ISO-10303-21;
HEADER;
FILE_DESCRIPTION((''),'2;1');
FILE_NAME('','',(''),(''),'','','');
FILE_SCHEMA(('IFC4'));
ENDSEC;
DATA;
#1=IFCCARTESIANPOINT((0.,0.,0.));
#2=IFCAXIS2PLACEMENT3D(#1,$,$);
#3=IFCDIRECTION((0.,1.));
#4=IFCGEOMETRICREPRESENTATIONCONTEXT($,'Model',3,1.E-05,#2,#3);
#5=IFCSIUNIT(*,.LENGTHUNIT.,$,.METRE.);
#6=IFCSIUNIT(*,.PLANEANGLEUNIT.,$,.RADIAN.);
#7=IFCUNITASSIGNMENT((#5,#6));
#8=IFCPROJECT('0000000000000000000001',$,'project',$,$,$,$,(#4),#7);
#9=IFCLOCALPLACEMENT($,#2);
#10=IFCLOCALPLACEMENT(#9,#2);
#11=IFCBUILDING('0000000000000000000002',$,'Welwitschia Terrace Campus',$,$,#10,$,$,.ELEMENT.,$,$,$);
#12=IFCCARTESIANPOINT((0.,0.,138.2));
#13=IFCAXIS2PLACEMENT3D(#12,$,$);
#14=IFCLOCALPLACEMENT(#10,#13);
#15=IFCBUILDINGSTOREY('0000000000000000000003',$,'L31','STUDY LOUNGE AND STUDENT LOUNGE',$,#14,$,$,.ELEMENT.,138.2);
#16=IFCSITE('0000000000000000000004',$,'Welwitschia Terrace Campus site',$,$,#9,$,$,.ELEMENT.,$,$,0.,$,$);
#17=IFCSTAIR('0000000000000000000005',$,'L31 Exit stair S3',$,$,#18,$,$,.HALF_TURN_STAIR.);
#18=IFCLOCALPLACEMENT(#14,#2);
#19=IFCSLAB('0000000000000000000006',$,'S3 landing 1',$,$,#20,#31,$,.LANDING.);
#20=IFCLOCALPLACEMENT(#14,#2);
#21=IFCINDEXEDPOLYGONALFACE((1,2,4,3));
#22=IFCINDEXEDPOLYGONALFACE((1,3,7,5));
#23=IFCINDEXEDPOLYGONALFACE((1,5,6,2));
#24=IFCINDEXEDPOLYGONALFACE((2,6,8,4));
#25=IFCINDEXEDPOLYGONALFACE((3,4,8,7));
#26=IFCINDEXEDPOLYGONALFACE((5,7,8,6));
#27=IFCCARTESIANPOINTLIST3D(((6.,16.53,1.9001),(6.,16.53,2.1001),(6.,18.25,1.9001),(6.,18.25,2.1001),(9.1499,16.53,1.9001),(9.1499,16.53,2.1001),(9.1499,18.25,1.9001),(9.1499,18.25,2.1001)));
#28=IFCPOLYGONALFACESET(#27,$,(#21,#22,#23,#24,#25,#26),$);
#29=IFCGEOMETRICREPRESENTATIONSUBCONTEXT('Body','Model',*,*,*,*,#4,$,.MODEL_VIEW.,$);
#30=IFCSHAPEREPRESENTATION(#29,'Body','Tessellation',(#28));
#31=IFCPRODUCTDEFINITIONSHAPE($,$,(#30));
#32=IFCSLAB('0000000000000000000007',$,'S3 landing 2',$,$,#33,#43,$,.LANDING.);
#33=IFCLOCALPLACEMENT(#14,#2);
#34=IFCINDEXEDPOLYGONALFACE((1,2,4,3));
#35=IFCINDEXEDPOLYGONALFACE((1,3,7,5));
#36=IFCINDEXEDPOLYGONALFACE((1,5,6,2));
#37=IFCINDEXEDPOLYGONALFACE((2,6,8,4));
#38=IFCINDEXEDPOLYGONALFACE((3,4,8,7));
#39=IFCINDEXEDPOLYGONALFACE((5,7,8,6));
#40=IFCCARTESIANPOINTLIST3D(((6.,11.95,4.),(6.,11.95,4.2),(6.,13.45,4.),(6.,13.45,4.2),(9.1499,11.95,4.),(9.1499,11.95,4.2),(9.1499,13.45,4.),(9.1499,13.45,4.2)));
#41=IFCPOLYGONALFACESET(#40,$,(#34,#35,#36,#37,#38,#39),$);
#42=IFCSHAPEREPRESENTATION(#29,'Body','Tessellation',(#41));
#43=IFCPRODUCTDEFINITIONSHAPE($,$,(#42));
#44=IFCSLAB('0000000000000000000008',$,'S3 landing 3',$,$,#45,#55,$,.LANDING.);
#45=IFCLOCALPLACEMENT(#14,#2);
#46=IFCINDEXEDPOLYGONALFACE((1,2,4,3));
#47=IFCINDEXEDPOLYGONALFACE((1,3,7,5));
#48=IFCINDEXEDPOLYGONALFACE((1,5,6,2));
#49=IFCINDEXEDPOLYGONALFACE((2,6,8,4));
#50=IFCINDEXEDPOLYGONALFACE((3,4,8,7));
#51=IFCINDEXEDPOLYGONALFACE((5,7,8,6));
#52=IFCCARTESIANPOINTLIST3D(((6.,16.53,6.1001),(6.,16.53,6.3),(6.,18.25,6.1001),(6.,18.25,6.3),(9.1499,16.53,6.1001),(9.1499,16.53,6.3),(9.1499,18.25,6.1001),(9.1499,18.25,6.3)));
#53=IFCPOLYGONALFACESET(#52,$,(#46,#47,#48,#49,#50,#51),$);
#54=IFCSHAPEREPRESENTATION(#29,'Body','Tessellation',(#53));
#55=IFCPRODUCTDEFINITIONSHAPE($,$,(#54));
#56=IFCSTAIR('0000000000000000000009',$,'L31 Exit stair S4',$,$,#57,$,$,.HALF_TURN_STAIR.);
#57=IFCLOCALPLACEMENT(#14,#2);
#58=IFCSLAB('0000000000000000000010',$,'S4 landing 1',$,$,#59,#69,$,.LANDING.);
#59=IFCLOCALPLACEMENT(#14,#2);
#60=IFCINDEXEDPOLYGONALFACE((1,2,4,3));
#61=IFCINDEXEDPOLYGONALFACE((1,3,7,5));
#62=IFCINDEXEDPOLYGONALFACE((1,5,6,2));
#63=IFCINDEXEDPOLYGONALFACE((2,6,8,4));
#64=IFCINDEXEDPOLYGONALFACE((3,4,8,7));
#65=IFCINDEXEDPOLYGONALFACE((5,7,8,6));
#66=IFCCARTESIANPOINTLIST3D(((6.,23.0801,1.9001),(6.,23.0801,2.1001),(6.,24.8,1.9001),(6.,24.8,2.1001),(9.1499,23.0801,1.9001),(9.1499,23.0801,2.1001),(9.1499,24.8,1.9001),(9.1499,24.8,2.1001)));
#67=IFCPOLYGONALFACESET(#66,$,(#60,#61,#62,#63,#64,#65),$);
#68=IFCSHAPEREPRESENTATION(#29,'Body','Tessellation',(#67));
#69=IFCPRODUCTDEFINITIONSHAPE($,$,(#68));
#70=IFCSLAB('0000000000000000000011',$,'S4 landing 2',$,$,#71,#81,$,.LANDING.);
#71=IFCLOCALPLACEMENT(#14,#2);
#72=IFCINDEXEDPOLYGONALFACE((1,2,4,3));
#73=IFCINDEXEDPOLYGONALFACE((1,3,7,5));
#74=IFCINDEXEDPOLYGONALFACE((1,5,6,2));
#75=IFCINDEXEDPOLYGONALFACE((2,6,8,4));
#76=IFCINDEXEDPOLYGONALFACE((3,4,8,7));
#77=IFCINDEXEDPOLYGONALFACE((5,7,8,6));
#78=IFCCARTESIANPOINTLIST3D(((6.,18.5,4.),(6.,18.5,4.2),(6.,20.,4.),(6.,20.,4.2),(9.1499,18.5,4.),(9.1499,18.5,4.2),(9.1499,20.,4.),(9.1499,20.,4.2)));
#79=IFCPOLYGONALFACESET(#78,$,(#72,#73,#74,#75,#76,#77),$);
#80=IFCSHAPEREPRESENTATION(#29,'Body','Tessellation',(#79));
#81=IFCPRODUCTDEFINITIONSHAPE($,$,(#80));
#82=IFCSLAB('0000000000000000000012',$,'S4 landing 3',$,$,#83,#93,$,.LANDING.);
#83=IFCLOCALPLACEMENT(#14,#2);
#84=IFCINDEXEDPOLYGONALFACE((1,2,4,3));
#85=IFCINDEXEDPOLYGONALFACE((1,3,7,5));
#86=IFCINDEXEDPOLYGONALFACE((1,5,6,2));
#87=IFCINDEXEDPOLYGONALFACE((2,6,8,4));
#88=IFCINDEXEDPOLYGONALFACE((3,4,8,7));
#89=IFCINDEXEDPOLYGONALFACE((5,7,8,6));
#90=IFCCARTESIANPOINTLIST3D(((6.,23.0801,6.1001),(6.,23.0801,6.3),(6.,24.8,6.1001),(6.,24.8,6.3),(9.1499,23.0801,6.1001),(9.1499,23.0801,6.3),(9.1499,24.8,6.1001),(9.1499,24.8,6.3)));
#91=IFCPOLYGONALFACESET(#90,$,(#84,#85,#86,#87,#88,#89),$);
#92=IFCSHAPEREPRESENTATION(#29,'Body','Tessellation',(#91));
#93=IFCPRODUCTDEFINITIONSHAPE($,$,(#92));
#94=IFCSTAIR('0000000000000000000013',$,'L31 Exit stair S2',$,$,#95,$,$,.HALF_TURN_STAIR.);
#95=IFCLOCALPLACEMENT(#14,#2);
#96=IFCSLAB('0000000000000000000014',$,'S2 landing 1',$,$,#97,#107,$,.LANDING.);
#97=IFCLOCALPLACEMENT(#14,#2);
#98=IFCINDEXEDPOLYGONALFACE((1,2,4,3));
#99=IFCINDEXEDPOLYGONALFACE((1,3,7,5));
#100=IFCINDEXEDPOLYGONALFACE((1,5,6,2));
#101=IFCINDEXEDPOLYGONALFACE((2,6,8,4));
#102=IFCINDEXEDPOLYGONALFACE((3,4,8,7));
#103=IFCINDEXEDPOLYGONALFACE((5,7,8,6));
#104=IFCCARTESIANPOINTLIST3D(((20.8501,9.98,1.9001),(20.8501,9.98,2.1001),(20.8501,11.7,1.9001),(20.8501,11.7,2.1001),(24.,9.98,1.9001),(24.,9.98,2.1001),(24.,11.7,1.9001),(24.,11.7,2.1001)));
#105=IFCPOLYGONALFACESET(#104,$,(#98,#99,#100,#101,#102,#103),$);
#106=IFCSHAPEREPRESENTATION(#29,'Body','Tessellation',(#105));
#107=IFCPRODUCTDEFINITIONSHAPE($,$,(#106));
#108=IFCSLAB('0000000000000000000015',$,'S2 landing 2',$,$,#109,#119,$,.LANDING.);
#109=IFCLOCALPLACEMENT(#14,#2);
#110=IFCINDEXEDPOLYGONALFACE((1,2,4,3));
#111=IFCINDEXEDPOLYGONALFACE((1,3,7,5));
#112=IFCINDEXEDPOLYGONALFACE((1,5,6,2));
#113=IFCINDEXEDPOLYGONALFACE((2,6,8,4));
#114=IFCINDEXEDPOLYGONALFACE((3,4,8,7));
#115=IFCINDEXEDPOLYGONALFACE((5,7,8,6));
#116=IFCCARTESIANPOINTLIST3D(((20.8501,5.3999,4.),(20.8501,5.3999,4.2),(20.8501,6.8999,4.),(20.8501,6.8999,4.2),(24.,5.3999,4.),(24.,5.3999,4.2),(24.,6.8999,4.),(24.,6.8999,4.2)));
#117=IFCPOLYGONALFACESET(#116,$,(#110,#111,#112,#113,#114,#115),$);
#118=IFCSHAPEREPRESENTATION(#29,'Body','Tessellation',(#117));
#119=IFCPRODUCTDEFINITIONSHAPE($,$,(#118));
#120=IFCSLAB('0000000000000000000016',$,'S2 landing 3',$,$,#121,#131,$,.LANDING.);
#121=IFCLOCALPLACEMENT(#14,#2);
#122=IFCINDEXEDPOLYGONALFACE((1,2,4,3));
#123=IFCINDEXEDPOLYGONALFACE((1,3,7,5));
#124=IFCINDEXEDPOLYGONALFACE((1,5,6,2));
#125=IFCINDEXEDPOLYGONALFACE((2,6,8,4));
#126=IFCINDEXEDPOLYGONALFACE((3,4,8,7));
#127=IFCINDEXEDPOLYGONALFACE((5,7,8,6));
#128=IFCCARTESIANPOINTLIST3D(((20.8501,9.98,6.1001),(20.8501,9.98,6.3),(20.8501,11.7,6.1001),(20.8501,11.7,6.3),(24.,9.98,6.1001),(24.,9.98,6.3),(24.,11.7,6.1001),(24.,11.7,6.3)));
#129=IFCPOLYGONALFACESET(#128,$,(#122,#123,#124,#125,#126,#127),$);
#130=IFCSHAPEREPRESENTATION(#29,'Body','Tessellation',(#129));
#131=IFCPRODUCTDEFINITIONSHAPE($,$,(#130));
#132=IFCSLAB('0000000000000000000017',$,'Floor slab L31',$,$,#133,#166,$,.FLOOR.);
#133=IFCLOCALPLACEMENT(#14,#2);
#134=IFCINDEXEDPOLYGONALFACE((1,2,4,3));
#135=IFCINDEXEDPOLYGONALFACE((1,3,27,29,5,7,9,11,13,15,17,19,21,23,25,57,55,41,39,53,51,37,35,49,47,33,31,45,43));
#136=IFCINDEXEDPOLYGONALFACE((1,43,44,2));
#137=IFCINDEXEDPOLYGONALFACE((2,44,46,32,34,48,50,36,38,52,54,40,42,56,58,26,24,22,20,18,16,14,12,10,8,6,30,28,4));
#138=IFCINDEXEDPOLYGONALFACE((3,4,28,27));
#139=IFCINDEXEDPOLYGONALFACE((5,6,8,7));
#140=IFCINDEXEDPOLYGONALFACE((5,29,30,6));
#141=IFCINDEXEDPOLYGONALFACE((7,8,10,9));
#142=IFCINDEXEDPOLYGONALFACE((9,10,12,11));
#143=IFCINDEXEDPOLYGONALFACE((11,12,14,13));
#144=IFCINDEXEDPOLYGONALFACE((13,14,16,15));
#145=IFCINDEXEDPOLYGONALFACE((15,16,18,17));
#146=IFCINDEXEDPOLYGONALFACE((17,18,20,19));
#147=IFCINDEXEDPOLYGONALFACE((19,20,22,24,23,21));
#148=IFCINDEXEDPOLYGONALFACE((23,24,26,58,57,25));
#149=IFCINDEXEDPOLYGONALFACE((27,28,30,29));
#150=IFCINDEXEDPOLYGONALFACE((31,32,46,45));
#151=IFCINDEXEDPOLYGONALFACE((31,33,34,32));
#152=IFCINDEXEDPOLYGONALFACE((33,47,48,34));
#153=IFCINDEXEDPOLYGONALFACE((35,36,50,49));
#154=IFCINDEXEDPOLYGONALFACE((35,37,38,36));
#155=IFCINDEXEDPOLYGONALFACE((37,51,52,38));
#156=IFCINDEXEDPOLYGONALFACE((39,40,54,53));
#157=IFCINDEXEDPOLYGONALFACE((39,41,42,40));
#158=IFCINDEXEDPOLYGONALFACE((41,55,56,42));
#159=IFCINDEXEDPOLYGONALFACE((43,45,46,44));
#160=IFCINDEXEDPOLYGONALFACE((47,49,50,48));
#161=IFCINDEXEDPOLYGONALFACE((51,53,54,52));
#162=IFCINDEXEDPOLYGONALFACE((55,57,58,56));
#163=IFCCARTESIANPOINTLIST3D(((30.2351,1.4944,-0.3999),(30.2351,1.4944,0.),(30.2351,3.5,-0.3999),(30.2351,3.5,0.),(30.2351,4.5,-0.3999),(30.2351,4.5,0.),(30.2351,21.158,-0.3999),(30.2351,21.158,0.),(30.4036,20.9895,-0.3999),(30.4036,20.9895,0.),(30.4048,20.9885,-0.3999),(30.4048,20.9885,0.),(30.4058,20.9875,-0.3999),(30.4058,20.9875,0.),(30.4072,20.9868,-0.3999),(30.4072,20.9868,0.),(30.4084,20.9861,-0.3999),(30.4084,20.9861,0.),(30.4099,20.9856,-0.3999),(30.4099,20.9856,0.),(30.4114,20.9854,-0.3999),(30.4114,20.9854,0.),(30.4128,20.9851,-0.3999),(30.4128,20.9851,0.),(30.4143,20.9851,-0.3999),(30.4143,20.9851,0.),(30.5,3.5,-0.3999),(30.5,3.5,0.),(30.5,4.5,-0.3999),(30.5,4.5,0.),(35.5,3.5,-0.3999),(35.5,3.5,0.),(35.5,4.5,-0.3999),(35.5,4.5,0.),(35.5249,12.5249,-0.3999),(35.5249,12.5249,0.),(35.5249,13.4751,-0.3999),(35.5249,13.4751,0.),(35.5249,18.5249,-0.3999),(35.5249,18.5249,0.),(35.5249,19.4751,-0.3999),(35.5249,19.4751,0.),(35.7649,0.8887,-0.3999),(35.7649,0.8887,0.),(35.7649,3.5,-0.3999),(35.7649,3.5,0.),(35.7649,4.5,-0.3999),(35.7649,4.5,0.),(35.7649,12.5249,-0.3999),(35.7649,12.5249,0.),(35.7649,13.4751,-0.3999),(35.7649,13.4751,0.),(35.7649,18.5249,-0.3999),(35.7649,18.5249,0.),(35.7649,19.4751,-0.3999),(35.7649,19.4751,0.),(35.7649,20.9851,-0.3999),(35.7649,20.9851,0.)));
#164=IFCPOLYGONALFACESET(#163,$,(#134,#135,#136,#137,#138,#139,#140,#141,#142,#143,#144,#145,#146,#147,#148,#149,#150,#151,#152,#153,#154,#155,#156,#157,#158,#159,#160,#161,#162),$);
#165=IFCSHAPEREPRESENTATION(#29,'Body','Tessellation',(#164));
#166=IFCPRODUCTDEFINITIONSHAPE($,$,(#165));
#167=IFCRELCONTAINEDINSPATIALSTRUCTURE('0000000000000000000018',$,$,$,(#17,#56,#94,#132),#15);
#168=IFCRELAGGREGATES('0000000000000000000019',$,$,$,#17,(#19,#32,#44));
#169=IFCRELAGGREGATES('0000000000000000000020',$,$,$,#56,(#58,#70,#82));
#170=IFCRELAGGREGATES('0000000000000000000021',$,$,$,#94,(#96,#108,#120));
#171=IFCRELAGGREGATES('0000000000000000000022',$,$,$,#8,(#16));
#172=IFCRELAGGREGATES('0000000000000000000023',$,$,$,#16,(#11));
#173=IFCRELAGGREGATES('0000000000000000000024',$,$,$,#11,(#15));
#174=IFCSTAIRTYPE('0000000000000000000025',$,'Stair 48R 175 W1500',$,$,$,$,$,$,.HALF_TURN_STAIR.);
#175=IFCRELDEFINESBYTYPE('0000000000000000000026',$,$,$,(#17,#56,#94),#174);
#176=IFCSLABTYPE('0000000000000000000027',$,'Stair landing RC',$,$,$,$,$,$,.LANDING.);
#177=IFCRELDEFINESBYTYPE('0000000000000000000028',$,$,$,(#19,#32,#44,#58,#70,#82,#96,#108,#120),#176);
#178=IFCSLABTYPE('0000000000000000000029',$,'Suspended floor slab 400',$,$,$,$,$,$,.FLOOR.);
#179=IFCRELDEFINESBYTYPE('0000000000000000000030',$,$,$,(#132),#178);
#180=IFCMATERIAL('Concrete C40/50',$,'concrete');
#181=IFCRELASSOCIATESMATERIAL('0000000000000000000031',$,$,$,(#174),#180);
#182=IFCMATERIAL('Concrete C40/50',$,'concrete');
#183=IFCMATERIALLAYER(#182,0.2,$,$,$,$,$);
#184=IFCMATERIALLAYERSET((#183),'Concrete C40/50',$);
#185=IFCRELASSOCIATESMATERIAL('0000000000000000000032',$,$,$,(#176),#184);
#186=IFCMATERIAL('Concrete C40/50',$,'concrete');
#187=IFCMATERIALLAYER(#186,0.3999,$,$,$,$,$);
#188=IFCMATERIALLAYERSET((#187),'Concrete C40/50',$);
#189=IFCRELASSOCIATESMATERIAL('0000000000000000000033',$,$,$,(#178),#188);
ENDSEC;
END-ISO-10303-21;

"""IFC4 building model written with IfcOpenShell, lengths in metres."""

from ifc_helpers import new_model, si_unit, direction, frame, origin, place, context, subcontext, project, spatial, polyline, outline, extrude, material, layer, layer_set, type_object, element, aggregate, save


model = new_model("IFC4")

# Units and contexts
model_context = context("Model", 3, precision=1e-05, world=origin(), true_north=direction((0.0, 1.0)))
body_context = subcontext(model_context, "Body", "Model", "MODEL_VIEW")
ifc_project = project(units=[si_unit("LENGTHUNIT", "METRE"), si_unit("PLANEANGLEUNIT", "RADIAN")], contexts=[model_context])

# Site, building, storey
site_placement = place(None, origin())
site = spatial("IfcSite", under=ifc_project, at=site_placement, Name="Welwitschia Terrace Campus site", CompositionType="ELEMENT", RefElevation=0.0)
building_placement = place(site_placement, origin())
building = spatial("IfcBuilding", under=site, at=building_placement, Name="Welwitschia Terrace Campus", CompositionType="ELEMENT")
storey_placement = place(building_placement, frame((0.0, 0.0, 138.2)))
storey = spatial("IfcBuildingStorey", under=building, at=storey_placement, Name="L31", Description="STUDY LOUNGE AND STUDENT LOUNGE", CompositionType="ELEMENT", Elevation=138.2)

# Stairs, slabs
ifc_material_1 = material(Name="Concrete C40/50", Category="concrete")
stair_type = type_object("IfcStairType", Name="Stair 48R 175 W1500", PredefinedType="HALF_TURN_STAIR", material=ifc_material_1)
ifc_material_2 = material(Name="Concrete C40/50", Category="concrete")
ifc_layer_1 = layer(ifc_material_2, 0.2)
ifc_layer_set_1 = layer_set([ifc_layer_1], Name="Concrete C40/50")
slab_type_1 = type_object("IfcSlabType", Name="Stair landing RC", PredefinedType="LANDING", material=ifc_layer_set_1)
stair_1_placement = place(storey_placement, origin())
stair_1 = element("IfcStair", 1, at=stair_1_placement, inside=storey, type_object=stair_type, Name="L31 Exit stair S3", PredefinedType="HALF_TURN_STAIR")
slab_1_placement = place(storey_placement, frame((0.0, 0.0, 1.9001)))
slab_1 = element("IfcSlab", 2, at=slab_1_placement, type_object=slab_type_1, Name="S3 landing 1", PredefinedType="LANDING", context=body_context, shape_type="SweptSolid", body=[
    extrude(outline(polyline([(9.1499, 16.53), (9.1499, 18.25), (6.0, 18.25), (6.0, 16.53), (9.1499, 16.53)])), origin(), (0.0, 0.0, 1.0), 0.2),
])
slab_2_placement = place(storey_placement, frame((0.0, 0.0, 4.0)))
slab_2 = element("IfcSlab", 3, at=slab_2_placement, type_object=slab_type_1, Name="S3 landing 2", PredefinedType="LANDING", context=body_context, shape_type="SweptSolid", body=[
    extrude(outline(polyline([(9.1499, 11.95), (9.1499, 13.45), (6.0, 13.45), (6.0, 11.95), (9.1499, 11.95)])), origin(), (0.0, 0.0, 1.0), 0.2),
])
slab_3_placement = place(storey_placement, frame((0.0, 0.0, 6.1001)))
slab_3 = element("IfcSlab", 4, at=slab_3_placement, type_object=slab_type_1, Name="S3 landing 3", PredefinedType="LANDING", context=body_context, shape_type="SweptSolid", body=[
    extrude(outline(polyline([(9.1499, 16.53), (9.1499, 18.25), (6.0, 18.25), (6.0, 16.53), (9.1499, 16.53)])), origin(), (0.0, 0.0, 1.0), 0.2),
])
aggregate(stair_1, [slab_1, slab_2, slab_3])
stair_2_placement = place(storey_placement, origin())
stair_2 = element("IfcStair", 5, at=stair_2_placement, inside=storey, type_object=stair_type, Name="L31 Exit stair S4", PredefinedType="HALF_TURN_STAIR")
slab_4_placement = place(storey_placement, frame((0.0, 0.0, 1.9001)))
slab_4 = element("IfcSlab", 6, at=slab_4_placement, type_object=slab_type_1, Name="S4 landing 1", PredefinedType="LANDING", context=body_context, shape_type="SweptSolid", body=[
    extrude(outline(polyline([(9.1499, 23.0801), (9.1499, 24.8), (6.0, 24.8), (6.0, 23.0801), (9.1499, 23.0801)])), origin(), (0.0, 0.0, 1.0), 0.2),
])
slab_5_placement = place(storey_placement, frame((0.0, 0.0, 4.0)))
slab_5 = element("IfcSlab", 7, at=slab_5_placement, type_object=slab_type_1, Name="S4 landing 2", PredefinedType="LANDING", context=body_context, shape_type="SweptSolid", body=[
    extrude(outline(polyline([(9.1499, 18.5), (9.1499, 20.0), (6.0, 20.0), (6.0, 18.5), (9.1499, 18.5)])), origin(), (0.0, 0.0, 1.0), 0.2),
])
slab_6_placement = place(storey_placement, frame((0.0, 0.0, 6.1001)))
slab_6 = element("IfcSlab", 8, at=slab_6_placement, type_object=slab_type_1, Name="S4 landing 3", PredefinedType="LANDING", context=body_context, shape_type="SweptSolid", body=[
    extrude(outline(polyline([(9.1499, 23.0801), (9.1499, 24.8), (6.0, 24.8), (6.0, 23.0801), (9.1499, 23.0801)])), origin(), (0.0, 0.0, 1.0), 0.2),
])
aggregate(stair_2, [slab_4, slab_5, slab_6])
stair_3_placement = place(storey_placement, origin())
stair_3 = element("IfcStair", 9, at=stair_3_placement, inside=storey, type_object=stair_type, Name="L31 Exit stair S2", PredefinedType="HALF_TURN_STAIR")
slab_7_placement = place(storey_placement, frame((0.0, 0.0, 1.9001)))
slab_7 = element("IfcSlab", 10, at=slab_7_placement, type_object=slab_type_1, Name="S2 landing 1", PredefinedType="LANDING", context=body_context, shape_type="SweptSolid", body=[
    extrude(outline(polyline([(24.0, 9.98), (24.0, 11.7), (20.8501, 11.7), (20.8501, 9.98), (24.0, 9.98)])), origin(), (0.0, 0.0, 1.0), 0.2),
])
slab_8_placement = place(storey_placement, frame((0.0, 0.0, 4.0)))
slab_8 = element("IfcSlab", 11, at=slab_8_placement, type_object=slab_type_1, Name="S2 landing 2", PredefinedType="LANDING", context=body_context, shape_type="SweptSolid", body=[
    extrude(outline(polyline([(24.0, 5.3999), (24.0, 6.8999), (20.8501, 6.8999), (20.8501, 5.3999), (24.0, 5.3999)])), origin(), (0.0, 0.0, 1.0), 0.2),
])
slab_9_placement = place(storey_placement, frame((0.0, 0.0, 6.1001)))
slab_9 = element("IfcSlab", 12, at=slab_9_placement, type_object=slab_type_1, Name="S2 landing 3", PredefinedType="LANDING", context=body_context, shape_type="SweptSolid", body=[
    extrude(outline(polyline([(24.0, 9.98), (24.0, 11.7), (20.8501, 11.7), (20.8501, 9.98), (24.0, 9.98)])), origin(), (0.0, 0.0, 1.0), 0.2),
])
aggregate(stair_3, [slab_7, slab_8, slab_9])

# Slab
ifc_material_3 = material(Name="Concrete C40/50", Category="concrete")
ifc_layer_2 = layer(ifc_material_3, 0.3999)
ifc_layer_set_2 = layer_set([ifc_layer_2], Name="Concrete C40/50")
slab_type_2 = type_object("IfcSlabType", Name="Suspended floor slab 400", PredefinedType="FLOOR", material=ifc_layer_set_2)
slab_10_placement = place(storey_placement, frame((0.0, 0.0, -0.3999)))
element("IfcSlab", 13, at=slab_10_placement, inside=storey, type_object=slab_type_2, Name="Floor slab L31", PredefinedType="FLOOR", context=body_context, shape_type="SweptSolid", body=[
    extrude(outline(polyline([(30.2351, 3.5), (30.5, 3.5), (30.5, 4.5), (30.2351, 4.5), (30.2351, 21.158), (30.4036, 20.9895), (30.4048, 20.9885), (30.4058, 20.9875), (30.4072, 20.9868), (30.4084, 20.9861), (30.4099, 20.9856), (30.4114, 20.9854), (30.4128, 20.9851), (30.4143, 20.9851), (35.7649, 20.9851), (35.7649, 19.4751), (35.5249, 19.4751), (35.5249, 18.5249), (35.7649, 18.5249), (35.7649, 13.4751), (35.5249, 13.4751), (35.5249, 12.5249), (35.7649, 12.5249), (35.7649, 4.5), (35.5, 4.5), (35.5, 3.5), (35.7649, 3.5), (35.7649, 0.8887), (30.2351, 1.4944), (30.2351, 3.5)])), origin(), (0.0, 0.0, 1.0), 0.3999),
])

save(model, "model.ifc")
